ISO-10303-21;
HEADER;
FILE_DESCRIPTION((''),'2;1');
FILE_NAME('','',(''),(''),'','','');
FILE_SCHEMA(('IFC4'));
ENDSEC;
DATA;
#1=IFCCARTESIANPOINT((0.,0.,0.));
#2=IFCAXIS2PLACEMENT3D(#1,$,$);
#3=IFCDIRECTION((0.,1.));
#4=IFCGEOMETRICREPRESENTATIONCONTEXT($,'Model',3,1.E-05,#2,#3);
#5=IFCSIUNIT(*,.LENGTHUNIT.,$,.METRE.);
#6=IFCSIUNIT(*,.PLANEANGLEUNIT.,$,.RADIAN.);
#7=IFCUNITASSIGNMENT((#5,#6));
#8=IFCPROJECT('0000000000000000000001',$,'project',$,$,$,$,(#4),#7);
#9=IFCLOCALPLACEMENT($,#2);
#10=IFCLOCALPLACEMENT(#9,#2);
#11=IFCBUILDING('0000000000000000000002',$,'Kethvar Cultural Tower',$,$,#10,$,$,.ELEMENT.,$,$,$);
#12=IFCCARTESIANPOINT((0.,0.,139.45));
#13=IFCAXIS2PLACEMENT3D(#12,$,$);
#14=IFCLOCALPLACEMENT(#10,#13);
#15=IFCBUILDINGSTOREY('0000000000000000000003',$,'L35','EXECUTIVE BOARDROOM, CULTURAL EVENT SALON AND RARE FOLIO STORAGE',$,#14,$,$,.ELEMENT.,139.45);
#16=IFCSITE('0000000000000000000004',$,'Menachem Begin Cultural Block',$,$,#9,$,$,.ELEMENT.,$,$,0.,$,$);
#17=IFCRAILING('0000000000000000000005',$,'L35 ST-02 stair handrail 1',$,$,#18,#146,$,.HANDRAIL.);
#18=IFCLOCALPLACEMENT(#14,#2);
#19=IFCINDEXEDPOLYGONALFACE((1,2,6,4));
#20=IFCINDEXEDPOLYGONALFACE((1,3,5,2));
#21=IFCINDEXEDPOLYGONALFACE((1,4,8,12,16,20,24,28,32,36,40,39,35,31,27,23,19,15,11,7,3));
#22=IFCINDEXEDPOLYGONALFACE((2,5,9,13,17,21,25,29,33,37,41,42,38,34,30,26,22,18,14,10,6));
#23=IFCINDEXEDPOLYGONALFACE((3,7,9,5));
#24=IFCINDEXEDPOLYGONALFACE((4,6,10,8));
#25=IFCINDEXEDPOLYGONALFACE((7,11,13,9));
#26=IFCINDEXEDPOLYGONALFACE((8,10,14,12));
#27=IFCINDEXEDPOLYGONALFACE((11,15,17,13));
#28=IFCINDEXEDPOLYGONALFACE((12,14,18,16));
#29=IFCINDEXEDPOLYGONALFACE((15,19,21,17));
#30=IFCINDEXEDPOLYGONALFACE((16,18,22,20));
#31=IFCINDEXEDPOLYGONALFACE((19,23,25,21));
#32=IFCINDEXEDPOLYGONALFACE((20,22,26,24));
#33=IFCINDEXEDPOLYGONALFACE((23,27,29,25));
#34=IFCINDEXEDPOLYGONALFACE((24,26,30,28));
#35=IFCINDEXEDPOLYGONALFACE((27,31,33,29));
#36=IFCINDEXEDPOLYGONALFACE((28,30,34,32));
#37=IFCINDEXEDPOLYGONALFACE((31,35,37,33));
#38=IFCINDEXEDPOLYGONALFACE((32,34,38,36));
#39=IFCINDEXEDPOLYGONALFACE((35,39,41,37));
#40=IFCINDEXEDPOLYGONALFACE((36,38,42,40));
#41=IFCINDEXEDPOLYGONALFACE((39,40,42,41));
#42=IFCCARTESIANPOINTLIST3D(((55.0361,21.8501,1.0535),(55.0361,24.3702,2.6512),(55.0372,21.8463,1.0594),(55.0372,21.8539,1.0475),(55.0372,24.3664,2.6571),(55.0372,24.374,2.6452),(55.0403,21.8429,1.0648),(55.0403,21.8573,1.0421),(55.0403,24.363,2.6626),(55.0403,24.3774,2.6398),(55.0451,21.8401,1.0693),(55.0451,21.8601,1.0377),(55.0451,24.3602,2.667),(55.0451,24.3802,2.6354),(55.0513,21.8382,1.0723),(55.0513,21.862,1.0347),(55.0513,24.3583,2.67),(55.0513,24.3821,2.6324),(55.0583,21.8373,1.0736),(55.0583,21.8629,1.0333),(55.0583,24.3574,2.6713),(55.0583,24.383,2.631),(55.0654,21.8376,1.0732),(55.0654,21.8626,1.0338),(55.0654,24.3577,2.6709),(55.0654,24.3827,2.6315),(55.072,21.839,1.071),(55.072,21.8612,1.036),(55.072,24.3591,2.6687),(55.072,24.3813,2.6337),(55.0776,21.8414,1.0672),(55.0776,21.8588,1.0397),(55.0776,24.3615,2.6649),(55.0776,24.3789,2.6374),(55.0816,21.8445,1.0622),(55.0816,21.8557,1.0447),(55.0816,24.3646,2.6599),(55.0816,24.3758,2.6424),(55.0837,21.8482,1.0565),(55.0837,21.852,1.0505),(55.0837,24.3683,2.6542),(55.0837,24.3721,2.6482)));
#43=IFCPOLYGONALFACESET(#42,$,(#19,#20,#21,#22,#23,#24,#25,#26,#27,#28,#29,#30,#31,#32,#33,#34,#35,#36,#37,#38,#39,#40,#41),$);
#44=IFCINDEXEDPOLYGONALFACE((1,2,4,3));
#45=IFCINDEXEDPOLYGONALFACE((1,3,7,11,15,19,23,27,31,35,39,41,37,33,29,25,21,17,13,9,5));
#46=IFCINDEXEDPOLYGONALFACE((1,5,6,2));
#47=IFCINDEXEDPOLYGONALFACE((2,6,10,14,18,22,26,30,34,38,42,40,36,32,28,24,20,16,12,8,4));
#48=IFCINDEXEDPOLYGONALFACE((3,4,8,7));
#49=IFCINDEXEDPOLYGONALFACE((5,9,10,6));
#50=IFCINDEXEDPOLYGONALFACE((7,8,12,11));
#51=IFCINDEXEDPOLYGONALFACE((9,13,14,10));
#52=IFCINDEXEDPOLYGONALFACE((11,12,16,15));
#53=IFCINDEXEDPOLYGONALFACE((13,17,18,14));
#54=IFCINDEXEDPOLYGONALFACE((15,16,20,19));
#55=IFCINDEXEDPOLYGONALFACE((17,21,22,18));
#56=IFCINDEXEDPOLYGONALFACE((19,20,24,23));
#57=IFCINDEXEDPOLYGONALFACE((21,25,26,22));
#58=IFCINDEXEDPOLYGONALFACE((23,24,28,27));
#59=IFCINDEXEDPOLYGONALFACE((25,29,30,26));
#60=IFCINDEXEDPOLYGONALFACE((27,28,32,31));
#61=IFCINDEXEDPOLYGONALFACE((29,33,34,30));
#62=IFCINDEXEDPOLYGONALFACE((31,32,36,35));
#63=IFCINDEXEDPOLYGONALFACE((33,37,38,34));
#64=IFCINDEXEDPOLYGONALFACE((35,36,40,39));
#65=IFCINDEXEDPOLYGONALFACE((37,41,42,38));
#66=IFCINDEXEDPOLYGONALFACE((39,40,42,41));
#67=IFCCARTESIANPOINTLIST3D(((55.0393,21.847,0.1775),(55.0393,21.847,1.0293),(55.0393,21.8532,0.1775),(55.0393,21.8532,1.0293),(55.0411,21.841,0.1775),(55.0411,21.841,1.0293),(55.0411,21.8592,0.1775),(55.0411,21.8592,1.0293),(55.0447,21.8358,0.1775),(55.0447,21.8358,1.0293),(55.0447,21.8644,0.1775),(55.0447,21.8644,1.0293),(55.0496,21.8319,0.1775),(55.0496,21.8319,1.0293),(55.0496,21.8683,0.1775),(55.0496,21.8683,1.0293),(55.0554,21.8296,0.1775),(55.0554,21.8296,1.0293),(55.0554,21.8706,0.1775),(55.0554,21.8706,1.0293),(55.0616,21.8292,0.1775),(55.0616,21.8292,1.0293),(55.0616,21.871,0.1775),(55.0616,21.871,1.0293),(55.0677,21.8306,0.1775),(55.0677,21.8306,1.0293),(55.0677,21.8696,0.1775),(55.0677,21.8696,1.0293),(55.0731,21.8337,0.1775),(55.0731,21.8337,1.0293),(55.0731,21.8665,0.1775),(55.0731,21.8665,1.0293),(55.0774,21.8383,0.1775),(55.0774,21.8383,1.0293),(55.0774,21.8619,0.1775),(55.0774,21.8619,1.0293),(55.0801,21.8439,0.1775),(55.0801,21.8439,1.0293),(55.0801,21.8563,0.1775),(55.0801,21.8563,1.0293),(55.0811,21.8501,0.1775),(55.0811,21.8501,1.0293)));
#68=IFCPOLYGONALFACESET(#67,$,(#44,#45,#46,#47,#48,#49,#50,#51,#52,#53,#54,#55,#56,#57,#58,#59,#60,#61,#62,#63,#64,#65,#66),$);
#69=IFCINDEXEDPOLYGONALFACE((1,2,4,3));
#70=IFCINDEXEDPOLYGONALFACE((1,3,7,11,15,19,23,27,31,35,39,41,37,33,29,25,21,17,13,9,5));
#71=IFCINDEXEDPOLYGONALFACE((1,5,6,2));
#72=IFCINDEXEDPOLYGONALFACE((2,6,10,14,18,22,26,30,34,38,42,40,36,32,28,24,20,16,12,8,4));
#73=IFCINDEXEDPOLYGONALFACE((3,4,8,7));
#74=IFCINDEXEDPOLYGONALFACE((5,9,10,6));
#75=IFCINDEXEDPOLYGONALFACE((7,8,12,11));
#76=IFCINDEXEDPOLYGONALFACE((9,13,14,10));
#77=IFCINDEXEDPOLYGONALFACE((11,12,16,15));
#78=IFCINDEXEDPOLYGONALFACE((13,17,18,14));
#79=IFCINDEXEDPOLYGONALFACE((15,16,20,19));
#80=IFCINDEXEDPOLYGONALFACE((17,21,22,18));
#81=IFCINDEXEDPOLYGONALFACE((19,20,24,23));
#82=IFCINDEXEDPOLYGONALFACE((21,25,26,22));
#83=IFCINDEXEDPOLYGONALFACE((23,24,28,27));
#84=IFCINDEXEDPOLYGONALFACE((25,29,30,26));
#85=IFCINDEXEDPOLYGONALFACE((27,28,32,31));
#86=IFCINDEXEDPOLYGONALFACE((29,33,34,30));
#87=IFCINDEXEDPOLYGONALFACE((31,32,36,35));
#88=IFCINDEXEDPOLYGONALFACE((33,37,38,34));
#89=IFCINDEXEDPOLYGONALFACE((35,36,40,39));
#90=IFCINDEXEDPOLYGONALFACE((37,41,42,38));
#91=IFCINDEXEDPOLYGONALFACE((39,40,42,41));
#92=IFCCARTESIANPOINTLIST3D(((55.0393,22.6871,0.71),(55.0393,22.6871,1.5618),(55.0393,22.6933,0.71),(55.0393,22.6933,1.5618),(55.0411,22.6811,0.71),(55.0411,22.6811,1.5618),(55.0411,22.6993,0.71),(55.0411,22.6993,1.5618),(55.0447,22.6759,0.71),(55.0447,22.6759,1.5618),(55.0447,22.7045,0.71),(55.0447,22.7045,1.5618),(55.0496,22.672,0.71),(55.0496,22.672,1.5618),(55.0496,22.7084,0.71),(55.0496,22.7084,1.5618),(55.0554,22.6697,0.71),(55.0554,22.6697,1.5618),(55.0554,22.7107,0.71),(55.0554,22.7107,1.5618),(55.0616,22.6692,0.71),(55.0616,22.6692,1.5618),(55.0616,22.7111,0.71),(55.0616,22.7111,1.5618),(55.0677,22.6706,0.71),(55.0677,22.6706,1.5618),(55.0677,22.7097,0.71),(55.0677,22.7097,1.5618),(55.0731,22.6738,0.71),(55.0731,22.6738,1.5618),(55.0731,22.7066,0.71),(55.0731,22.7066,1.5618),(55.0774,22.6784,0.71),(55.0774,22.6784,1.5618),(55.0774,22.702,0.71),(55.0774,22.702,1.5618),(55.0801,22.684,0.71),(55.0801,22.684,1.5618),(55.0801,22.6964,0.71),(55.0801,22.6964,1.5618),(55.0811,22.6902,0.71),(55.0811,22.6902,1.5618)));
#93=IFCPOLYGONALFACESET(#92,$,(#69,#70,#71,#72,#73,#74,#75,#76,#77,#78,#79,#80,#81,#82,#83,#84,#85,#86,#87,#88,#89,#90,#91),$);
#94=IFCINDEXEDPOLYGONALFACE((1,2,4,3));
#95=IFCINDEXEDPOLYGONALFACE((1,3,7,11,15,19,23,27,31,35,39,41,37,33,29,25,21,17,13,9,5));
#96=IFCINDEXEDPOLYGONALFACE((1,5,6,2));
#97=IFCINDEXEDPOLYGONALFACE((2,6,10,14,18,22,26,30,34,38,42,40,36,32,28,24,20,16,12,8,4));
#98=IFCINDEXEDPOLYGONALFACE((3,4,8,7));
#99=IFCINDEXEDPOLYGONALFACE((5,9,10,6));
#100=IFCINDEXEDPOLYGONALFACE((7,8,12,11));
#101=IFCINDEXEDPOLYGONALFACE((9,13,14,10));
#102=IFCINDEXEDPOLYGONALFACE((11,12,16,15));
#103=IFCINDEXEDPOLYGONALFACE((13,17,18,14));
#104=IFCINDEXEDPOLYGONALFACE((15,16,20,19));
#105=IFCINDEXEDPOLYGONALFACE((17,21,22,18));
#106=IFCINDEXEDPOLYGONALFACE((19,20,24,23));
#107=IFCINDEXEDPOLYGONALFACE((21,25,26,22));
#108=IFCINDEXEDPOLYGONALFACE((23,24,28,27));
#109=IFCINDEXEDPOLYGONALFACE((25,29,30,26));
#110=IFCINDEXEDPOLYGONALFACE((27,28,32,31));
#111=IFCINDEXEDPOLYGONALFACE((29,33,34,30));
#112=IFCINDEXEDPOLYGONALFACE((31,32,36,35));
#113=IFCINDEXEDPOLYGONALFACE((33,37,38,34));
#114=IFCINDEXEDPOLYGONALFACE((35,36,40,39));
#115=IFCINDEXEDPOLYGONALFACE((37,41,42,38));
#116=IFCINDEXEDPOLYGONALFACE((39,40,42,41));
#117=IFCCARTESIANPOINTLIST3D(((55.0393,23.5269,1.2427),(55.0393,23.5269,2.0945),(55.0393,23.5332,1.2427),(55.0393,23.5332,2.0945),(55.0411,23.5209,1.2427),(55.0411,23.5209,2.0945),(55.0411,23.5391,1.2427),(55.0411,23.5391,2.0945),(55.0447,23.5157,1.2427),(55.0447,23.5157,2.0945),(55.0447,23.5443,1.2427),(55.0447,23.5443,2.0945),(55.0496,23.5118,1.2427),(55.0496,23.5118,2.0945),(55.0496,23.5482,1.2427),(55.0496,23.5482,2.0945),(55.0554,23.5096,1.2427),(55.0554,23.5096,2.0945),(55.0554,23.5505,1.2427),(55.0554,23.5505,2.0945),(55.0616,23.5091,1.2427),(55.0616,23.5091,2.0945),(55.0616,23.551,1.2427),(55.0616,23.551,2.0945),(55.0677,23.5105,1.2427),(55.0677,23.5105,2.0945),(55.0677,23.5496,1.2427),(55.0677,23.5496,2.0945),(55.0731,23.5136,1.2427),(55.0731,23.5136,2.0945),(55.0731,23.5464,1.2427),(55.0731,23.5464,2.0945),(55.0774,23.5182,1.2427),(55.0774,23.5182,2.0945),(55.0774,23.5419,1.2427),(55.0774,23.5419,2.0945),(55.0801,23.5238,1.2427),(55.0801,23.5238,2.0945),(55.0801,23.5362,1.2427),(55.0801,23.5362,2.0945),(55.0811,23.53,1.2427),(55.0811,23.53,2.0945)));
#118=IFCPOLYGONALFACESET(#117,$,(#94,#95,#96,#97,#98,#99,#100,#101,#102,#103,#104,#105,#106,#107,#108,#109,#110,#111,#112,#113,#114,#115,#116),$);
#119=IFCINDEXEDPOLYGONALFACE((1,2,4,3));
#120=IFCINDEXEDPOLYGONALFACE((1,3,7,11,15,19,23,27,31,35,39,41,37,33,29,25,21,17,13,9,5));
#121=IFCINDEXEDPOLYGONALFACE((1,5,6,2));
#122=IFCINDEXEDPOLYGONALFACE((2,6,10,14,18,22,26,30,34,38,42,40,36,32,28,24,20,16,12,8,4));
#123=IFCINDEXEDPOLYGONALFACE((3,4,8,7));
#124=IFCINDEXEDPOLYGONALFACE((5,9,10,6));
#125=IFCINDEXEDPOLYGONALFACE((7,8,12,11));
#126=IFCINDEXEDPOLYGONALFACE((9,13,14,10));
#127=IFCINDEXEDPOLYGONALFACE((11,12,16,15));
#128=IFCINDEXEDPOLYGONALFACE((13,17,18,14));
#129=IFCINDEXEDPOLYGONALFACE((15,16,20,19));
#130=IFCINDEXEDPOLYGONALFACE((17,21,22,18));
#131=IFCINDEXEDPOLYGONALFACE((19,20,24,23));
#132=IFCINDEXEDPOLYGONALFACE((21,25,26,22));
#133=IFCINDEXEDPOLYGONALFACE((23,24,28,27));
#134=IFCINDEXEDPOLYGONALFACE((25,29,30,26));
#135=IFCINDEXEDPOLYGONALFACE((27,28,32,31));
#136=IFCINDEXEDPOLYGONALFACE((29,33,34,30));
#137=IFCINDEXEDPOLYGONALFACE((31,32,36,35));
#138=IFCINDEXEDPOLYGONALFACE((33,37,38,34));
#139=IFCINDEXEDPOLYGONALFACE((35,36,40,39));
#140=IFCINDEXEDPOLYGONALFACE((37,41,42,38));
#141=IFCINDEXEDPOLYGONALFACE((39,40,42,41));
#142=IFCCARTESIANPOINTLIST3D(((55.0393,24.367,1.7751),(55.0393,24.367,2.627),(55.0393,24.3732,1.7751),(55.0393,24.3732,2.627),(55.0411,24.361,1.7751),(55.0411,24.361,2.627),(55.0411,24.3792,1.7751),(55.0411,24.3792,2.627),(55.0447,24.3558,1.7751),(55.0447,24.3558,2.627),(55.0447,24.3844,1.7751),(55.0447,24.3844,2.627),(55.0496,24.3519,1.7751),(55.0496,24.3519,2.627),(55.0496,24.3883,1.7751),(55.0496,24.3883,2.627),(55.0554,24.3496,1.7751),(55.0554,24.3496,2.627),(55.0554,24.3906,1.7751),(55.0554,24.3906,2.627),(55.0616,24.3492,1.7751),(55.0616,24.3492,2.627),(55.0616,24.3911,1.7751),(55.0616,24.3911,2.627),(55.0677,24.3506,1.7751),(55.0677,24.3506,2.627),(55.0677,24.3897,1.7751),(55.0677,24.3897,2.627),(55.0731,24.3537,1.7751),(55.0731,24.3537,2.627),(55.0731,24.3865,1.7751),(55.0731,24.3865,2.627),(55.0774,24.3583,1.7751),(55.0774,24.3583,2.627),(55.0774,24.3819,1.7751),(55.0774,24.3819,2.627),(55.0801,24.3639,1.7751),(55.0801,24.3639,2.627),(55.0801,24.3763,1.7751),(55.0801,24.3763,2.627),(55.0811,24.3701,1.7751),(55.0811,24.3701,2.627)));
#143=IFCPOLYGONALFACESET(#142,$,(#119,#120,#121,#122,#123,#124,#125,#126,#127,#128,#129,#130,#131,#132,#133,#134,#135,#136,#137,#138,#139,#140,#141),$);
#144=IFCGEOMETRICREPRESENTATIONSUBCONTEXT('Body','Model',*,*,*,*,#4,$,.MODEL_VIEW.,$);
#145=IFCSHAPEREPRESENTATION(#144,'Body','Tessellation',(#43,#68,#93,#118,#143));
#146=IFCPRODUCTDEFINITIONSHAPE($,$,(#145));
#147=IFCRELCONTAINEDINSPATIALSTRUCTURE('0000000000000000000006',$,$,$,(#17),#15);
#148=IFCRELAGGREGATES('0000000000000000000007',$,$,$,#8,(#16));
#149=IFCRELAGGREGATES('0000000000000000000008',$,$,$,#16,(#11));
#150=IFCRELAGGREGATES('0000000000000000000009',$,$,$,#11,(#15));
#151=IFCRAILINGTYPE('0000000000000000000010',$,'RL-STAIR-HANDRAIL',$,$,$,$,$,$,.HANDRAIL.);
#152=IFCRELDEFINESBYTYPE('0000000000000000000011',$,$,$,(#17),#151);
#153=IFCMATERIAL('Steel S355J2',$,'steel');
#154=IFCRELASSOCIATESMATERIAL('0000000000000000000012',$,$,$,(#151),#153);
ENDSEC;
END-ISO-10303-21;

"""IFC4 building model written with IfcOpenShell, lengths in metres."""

from ifc_helpers import new_model, si_unit, direction, frame, origin, origin_2d, place, context, subcontext, project, spatial, circle, extrude, material, type_object, element, save


model = new_model("IFC4")

# Units and contexts
model_context = context("Model", 3, precision=1e-05, world=origin(), true_north=direction((0.0, 1.0)))
body_context = subcontext(model_context, "Body", "Model", "MODEL_VIEW")
ifc_project = project(units=[si_unit("LENGTHUNIT", "METRE"), si_unit("PLANEANGLEUNIT", "RADIAN")], contexts=[model_context])

# Site, building, storey
site_placement = place(None, origin())
site = spatial("IfcSite", under=ifc_project, at=site_placement, Name="Menachem Begin Cultural Block", CompositionType="ELEMENT", RefElevation=0.0)
building_placement = place(site_placement, origin())
building = spatial("IfcBuilding", under=site, at=building_placement, Name="Kethvar Cultural Tower", CompositionType="ELEMENT")
storey_placement = place(building_placement, frame((0.0, 0.0, 139.45)))
storey = spatial("IfcBuildingStorey", under=building, at=storey_placement, Name="L35", Description="EXECUTIVE BOARDROOM, CULTURAL EVENT SALON AND RARE FOLIO STORAGE", CompositionType="ELEMENT", Elevation=139.45)

# Shared definitions
ifc_material_1 = material(Name="Steel S355J2", Category="steel")

# Railing
railing_type_1 = type_object("IfcRailingType", Name="RL-STAIR-HANDRAIL", PredefinedType="HANDRAIL", material=ifc_material_1)
railing_1_placement = place(storey_placement, frame((55.0601, 21.8501, 0.1775)))
element("IfcRailing", 1, at=railing_1_placement, inside=storey, type_object=railing_type_1, Name="L35 ST-02 stair handrail 1", PredefinedType="HANDRAIL", context=body_context, shape_type="SweptSolid", body=[
    extrude(circle(Radius=0.0239, at=origin_2d()), frame((0.0, 0.0, 0.876), z_axis=(0.0, 0.84457, 0.535445), x_axis=(-1.0, 0.0, 0.0)), (0.0, 0.0, 1.0), 2.9839),
    extrude(circle(Radius=0.021, at=origin_2d()), origin(), (0.0, 0.0, 1.0), 0.8518),
    extrude(circle(Radius=0.021, at=origin_2d()), frame((0.0, 0.8401, 0.5325)), (0.0, 0.0, 1.0), 0.8518),
    extrude(circle(Radius=0.021, at=origin_2d()), frame((0.0, 1.6799, 1.0652)), (0.0, 0.0, 1.0), 0.8518),
    extrude(circle(Radius=0.021, at=origin_2d()), frame((0.0, 2.52, 1.5977)), (0.0, 0.0, 1.0), 0.8518),
])

save(model, "model.ifc")
